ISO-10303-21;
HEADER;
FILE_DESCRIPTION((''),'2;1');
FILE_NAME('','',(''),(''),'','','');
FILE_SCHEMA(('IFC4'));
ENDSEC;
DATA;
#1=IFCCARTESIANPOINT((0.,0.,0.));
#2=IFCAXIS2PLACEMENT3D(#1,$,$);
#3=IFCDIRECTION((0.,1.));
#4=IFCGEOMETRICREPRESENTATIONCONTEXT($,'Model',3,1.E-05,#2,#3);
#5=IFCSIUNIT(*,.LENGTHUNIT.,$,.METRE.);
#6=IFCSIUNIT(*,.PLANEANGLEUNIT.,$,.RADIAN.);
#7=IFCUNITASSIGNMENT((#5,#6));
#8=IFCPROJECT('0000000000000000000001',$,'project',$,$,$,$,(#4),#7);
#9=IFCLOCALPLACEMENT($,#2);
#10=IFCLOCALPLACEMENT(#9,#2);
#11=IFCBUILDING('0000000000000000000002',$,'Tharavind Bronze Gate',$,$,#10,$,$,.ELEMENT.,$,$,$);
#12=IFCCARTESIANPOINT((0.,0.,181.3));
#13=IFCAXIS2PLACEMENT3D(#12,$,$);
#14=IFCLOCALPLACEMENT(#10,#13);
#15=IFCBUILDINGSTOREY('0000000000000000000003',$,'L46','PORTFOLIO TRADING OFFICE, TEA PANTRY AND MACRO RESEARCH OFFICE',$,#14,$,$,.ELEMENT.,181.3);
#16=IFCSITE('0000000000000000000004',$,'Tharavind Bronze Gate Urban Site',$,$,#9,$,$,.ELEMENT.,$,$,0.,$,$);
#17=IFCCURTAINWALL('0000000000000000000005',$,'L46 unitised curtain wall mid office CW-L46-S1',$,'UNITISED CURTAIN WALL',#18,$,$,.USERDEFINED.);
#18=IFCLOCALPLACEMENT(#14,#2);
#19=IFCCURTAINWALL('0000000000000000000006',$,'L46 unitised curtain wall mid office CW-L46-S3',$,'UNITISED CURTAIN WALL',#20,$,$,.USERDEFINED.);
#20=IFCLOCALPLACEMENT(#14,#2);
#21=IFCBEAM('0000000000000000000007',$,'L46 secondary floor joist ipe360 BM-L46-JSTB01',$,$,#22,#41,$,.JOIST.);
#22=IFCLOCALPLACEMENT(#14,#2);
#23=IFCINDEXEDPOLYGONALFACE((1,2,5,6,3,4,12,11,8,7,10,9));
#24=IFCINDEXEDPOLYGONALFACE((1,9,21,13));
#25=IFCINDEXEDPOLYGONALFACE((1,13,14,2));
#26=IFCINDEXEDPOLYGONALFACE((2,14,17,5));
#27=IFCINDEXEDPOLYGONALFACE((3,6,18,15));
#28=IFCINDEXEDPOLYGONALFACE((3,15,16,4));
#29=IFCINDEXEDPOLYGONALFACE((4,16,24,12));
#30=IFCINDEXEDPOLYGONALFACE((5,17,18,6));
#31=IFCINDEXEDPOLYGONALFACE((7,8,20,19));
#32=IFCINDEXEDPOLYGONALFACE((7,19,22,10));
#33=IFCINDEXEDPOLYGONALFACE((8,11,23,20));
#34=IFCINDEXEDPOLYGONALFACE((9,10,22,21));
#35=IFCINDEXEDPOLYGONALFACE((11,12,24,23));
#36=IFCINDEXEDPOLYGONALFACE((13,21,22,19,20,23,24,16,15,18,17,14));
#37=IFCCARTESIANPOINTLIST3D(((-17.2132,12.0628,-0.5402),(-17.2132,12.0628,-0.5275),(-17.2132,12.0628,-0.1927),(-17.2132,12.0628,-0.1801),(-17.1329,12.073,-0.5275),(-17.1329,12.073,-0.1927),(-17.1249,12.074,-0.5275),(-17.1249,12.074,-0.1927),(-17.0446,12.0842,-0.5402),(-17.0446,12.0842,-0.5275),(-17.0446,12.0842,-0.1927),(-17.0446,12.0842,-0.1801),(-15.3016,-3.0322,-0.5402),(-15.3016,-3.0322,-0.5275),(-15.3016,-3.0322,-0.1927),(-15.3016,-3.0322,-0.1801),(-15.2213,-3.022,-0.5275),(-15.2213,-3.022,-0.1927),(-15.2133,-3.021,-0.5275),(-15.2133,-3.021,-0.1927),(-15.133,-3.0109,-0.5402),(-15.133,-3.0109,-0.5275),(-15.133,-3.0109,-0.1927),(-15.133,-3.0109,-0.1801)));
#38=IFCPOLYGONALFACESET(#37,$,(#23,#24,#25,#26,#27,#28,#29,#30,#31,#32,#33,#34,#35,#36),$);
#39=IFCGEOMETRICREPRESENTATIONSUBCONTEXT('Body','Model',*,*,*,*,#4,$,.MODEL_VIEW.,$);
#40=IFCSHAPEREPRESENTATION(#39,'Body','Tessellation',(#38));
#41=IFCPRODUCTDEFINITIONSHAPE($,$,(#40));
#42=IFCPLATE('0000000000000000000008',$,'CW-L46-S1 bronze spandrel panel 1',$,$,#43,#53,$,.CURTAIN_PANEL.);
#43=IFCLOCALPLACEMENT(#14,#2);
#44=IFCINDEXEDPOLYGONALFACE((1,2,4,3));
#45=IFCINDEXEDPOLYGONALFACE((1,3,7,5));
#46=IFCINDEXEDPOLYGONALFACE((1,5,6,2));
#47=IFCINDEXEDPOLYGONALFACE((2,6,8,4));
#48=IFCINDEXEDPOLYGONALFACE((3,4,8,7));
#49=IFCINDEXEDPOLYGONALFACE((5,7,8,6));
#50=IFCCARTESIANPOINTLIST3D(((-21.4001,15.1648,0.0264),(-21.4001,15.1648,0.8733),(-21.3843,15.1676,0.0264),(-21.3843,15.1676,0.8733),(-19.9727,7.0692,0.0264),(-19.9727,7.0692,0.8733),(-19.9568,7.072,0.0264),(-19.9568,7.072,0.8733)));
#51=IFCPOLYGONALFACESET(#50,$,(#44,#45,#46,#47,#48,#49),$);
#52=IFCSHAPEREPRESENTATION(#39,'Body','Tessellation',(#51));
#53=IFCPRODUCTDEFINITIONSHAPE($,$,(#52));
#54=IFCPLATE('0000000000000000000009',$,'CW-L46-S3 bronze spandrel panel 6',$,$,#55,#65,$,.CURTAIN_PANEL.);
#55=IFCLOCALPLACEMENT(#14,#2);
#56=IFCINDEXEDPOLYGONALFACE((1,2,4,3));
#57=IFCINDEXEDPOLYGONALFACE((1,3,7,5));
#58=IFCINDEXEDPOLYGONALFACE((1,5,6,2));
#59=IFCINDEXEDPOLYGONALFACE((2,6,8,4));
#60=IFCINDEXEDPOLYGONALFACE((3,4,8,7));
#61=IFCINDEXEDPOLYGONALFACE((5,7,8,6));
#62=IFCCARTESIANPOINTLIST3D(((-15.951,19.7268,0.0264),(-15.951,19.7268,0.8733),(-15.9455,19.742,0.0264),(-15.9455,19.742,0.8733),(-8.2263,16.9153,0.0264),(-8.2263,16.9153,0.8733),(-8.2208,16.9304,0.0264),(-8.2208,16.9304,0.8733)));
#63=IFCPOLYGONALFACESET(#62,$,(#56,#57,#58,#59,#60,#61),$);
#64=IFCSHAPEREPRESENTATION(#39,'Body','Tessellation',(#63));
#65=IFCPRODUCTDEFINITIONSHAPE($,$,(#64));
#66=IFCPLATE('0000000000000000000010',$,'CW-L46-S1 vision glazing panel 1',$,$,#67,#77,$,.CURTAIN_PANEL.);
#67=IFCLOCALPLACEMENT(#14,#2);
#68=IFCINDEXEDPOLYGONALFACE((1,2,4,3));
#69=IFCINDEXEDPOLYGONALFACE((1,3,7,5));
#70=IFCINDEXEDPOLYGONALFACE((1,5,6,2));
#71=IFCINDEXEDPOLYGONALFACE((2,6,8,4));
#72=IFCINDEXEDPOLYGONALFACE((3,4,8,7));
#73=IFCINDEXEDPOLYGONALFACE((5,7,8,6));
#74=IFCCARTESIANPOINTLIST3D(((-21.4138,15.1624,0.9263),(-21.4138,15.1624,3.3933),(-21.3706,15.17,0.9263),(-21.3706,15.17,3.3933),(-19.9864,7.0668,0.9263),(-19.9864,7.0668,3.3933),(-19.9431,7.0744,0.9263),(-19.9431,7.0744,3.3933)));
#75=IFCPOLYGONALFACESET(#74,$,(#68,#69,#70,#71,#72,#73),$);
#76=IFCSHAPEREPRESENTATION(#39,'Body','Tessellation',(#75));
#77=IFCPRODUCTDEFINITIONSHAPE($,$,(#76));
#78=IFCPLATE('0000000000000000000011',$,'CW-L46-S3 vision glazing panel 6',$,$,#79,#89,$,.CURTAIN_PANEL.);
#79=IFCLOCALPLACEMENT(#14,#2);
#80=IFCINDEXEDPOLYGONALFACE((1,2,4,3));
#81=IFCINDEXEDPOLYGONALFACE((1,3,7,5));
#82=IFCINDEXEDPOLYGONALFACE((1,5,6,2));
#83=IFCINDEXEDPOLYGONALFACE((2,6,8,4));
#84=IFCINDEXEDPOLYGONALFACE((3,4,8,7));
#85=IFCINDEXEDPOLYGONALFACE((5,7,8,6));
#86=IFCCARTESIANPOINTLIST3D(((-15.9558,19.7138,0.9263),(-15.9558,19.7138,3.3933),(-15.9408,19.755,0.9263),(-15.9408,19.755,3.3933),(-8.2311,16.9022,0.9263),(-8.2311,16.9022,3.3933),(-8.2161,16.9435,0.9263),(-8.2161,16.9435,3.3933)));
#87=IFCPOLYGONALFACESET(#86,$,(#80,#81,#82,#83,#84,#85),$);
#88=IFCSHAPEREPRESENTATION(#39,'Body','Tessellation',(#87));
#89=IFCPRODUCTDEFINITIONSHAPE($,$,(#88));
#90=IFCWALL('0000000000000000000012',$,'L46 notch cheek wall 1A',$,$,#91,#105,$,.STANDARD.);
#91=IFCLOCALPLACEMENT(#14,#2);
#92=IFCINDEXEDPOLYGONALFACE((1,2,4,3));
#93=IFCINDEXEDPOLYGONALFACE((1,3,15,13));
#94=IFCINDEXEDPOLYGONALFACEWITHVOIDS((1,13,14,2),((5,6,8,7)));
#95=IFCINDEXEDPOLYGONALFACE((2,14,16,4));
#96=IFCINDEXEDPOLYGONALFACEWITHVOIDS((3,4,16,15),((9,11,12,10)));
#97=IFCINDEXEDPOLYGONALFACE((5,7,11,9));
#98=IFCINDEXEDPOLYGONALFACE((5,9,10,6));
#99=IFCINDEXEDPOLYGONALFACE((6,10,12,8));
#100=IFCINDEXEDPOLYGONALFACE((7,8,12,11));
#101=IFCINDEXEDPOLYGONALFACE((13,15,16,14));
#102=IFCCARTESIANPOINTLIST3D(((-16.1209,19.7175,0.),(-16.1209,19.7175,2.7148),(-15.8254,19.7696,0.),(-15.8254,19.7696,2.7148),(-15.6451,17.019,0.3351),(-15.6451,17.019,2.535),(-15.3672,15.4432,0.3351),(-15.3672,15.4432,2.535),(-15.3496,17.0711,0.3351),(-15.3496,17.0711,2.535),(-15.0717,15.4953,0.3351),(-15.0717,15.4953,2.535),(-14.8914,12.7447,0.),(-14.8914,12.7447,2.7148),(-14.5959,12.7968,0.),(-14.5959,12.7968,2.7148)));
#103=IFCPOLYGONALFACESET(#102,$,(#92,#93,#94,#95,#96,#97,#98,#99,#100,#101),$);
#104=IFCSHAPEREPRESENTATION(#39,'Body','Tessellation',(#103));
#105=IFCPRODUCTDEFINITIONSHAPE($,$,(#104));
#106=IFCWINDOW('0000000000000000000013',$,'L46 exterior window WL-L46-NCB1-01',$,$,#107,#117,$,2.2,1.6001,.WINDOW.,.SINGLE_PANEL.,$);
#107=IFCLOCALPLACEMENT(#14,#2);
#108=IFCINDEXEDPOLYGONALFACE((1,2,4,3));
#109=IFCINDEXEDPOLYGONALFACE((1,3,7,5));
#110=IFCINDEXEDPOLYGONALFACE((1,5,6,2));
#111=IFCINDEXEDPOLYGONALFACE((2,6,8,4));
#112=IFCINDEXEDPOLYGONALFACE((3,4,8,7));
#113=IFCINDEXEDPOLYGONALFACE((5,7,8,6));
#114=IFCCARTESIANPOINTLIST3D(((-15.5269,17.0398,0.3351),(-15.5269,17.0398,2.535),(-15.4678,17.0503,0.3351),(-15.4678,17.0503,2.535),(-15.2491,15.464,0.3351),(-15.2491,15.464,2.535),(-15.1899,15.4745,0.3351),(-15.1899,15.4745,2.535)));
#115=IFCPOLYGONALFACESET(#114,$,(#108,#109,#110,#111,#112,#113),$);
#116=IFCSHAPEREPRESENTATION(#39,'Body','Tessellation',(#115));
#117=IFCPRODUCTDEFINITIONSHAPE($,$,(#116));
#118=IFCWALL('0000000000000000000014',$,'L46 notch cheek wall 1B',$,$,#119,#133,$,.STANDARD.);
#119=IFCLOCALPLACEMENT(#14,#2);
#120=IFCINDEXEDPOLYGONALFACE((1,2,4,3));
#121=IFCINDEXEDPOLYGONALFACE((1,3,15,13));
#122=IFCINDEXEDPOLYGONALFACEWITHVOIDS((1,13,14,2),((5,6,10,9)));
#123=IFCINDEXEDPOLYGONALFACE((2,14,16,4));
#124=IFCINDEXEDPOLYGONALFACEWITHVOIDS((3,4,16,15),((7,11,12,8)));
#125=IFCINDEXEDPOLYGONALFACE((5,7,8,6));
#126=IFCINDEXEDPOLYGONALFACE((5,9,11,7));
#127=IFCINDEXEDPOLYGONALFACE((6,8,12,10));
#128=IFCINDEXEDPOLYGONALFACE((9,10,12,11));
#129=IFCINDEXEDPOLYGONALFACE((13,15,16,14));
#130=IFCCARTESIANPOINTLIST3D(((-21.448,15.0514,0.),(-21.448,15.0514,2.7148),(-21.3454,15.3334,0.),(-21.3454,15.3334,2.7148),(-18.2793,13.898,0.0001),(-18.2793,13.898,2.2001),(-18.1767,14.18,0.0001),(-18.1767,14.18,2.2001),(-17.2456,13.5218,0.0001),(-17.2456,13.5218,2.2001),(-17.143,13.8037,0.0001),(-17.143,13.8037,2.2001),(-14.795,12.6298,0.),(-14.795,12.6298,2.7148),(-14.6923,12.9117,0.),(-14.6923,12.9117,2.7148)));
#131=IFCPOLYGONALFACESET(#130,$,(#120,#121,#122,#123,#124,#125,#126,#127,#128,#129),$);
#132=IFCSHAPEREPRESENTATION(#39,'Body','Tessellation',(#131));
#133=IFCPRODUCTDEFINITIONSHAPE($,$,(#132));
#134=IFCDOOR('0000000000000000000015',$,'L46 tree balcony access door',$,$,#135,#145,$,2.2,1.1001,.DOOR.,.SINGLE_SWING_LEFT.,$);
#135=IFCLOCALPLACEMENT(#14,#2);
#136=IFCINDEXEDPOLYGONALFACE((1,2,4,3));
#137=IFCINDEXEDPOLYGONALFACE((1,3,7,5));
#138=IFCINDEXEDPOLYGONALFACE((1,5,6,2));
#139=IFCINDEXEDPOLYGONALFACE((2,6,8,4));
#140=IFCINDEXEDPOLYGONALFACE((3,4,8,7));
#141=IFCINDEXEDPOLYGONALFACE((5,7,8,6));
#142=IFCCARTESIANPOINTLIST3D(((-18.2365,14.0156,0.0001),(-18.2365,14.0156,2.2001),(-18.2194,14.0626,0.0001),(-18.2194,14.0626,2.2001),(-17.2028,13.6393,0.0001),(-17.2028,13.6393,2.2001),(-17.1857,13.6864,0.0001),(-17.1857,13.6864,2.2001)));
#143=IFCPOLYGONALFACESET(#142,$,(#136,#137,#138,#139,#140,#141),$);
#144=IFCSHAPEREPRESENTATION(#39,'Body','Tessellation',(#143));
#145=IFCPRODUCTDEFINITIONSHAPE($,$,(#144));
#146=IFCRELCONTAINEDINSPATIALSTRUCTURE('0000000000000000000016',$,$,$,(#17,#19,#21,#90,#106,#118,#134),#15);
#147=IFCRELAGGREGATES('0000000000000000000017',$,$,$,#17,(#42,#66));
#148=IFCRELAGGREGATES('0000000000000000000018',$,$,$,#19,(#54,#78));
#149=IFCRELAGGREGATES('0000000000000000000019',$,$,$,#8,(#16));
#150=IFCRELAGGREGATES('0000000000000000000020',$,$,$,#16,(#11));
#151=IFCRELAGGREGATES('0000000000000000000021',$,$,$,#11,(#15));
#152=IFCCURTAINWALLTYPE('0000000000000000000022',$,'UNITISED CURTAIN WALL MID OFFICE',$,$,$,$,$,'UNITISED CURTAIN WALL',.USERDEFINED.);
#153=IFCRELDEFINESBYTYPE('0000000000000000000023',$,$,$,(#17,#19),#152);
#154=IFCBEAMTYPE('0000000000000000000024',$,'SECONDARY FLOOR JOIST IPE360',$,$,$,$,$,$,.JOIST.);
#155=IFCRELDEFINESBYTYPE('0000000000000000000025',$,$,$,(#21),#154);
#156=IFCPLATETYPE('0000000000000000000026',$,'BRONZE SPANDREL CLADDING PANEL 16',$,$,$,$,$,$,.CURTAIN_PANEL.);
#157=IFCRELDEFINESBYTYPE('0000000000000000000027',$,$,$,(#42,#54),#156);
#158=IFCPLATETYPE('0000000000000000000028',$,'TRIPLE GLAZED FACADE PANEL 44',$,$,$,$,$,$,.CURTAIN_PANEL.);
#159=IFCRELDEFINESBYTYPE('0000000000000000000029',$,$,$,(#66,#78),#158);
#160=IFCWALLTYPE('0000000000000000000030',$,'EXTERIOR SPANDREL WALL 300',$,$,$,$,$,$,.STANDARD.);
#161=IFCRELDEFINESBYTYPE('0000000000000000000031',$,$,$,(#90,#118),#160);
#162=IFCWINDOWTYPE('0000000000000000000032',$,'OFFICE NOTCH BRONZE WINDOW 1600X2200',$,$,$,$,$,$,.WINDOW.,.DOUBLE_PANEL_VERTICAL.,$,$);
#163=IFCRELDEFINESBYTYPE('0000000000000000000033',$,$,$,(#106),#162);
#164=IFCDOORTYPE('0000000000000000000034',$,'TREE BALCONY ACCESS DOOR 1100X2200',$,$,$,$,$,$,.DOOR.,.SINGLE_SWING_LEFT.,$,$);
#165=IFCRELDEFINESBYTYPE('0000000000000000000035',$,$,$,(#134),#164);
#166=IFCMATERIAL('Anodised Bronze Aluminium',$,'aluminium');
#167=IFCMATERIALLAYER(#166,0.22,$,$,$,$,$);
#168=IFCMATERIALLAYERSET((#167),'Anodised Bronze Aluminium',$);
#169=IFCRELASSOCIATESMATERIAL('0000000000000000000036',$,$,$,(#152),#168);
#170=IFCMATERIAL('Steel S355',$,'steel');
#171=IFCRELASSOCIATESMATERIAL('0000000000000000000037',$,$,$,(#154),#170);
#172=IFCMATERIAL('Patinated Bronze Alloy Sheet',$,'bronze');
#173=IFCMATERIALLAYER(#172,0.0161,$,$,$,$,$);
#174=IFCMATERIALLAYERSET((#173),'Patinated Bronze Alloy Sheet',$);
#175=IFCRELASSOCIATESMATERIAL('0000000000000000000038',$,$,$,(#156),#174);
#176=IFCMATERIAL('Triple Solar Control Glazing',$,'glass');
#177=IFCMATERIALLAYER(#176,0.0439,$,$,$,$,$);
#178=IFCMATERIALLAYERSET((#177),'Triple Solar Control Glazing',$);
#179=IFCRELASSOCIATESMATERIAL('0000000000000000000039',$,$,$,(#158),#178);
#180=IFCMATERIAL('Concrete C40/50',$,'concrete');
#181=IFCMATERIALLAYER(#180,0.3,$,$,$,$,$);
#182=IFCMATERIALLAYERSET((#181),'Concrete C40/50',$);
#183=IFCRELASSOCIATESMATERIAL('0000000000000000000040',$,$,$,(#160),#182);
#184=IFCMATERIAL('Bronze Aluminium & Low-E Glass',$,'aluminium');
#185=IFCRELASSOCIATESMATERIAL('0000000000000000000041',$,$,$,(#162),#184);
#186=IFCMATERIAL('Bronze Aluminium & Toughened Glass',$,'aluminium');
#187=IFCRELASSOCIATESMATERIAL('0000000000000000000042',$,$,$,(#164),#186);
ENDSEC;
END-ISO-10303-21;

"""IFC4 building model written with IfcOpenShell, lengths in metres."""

from ifc_helpers import new_model, si_unit, direction, frame, frame_2d, origin, origin_2d, place, context, subcontext, project, spatial, rectangle, i_section, extrude, material, layer, layer_set, material_profile, profile_set, type_object, element, fill, aggregate, save


model = new_model("IFC4")

# Units and contexts
model_context = context("Model", 3, precision=1e-05, world=origin(), true_north=direction((0.0, 1.0)))
body_context = subcontext(model_context, "Body", "Model", "MODEL_VIEW")
ifc_project = project(units=[si_unit("LENGTHUNIT", "METRE"), si_unit("PLANEANGLEUNIT", "RADIAN")], contexts=[model_context])

# Site, building, storey
site_placement = place(None, origin())
site = spatial("IfcSite", under=ifc_project, at=site_placement, Name="Tharavind Bronze Gate Urban Site", CompositionType="ELEMENT", RefElevation=0.0)
building_placement = place(site_placement, origin())
building = spatial("IfcBuilding", under=site, at=building_placement, Name="Tharavind Bronze Gate", CompositionType="ELEMENT")
storey_placement = place(building_placement, frame((0.0, 0.0, 181.3)))
storey = spatial("IfcBuildingStorey", under=building, at=storey_placement, Name="L46", Description="PORTFOLIO TRADING OFFICE, TEA PANTRY AND MACRO RESEARCH OFFICE", CompositionType="ELEMENT", Elevation=181.3)

# Curtain wall
ifc_material_1 = material(Name="Anodised Bronze Aluminium", Category="aluminium")
ifc_layer_1 = layer(ifc_material_1, 0.22)
ifc_layer_set_1 = layer_set([ifc_layer_1], Name="Anodised Bronze Aluminium")
curtain_wall_type = type_object("IfcCurtainWallType", Name="UNITISED CURTAIN WALL MID OFFICE", ElementType="UNITISED CURTAIN WALL", PredefinedType="USERDEFINED", material=ifc_layer_set_1)
curtain_wall_1_placement = place(storey_placement, origin())
curtain_wall_1 = element("IfcCurtainWall", 1, at=curtain_wall_1_placement, inside=storey, type_object=curtain_wall_type, Name="L46 unitised curtain wall mid office CW-L46-S1", ObjectType="UNITISED CURTAIN WALL", PredefinedType="USERDEFINED")

# Curtain wall
curtain_wall_2_placement = place(storey_placement, origin())
curtain_wall_2 = element("IfcCurtainWall", 2, at=curtain_wall_2_placement, inside=storey, type_object=curtain_wall_type, Name="L46 unitised curtain wall mid office CW-L46-S3", ObjectType="UNITISED CURTAIN WALL", PredefinedType="USERDEFINED")

# Beam
ifc_material_2 = material(Name="Steel S355", Category="steel")
ifc_material_profile_1 = material_profile(ifc_material_2, i_section(OverallWidth=0.1699, OverallDepth=0.3601, WebThickness=0.0081, FlangeThickness=0.0127, at=origin_2d()), Name="IPE360")
ifc_profile_set_1 = profile_set([ifc_material_profile_1], Name="Steel S355")
beam_type_1 = type_object("IfcBeamType", Name="SECONDARY FLOOR JOIST IPE360", PredefinedType="JOIST", material=ifc_profile_set_1)
beam_1_placement = place(storey_placement, frame((-17.1289, 12.0735, -0.3601), z_axis=(0.125636, -0.992076, 0.0), x_axis=(0.992076, 0.125636, 0.0)))
element("IfcBeam", 3, at=beam_1_placement, inside=storey, type_object=beam_type_1, Name="L46 secondary floor joist ipe360 BM-L46-JSTB01", PredefinedType="JOIST", context=body_context, shape_type="SweptSolid", body=[
    extrude(i_section(OverallWidth=0.1699, OverallDepth=0.3601, WebThickness=0.0081, FlangeThickness=0.0127, at=origin_2d()), origin(), (0.0, 0.0, 1.0), 15.2156),
])

# Plates
ifc_material_3 = material(Name="Patinated Bronze Alloy Sheet", Category="bronze")
ifc_layer_2 = layer(ifc_material_3, 0.0161)
ifc_layer_set_2 = layer_set([ifc_layer_2], Name="Patinated Bronze Alloy Sheet")
plate_type_1 = type_object("IfcPlateType", Name="BRONZE SPANDREL CLADDING PANEL 16", PredefinedType="CURTAIN_PANEL", material=ifc_layer_set_2)
plate_1_placement = place(storey_placement, frame((-20.6785, 11.1184, 0.0264), z_axis=(0.0, 0.0, 1.0), x_axis=(0.173648, -0.984808, 0.0)))
plate_1 = element("IfcPlate", 4, at=plate_1_placement, type_object=plate_type_1, Name="CW-L46-S1 bronze spandrel panel 1", PredefinedType="CURTAIN_PANEL", context=body_context, shape_type="SweptSolid", body=[
    extrude(rectangle(XDim=8.2205, YDim=0.0161, at=origin_2d()), origin(), (0.0, 0.0, 1.0), 0.8469),
])
plate_2_placement = place(storey_placement, frame((-12.0859, 18.3286, 0.0264), z_axis=(0.0, 0.0, 1.0), x_axis=(-0.939692, 0.342022, 0.0)))
plate_2 = element("IfcPlate", 5, at=plate_2_placement, type_object=plate_type_1, Name="CW-L46-S3 bronze spandrel panel 6", PredefinedType="CURTAIN_PANEL", context=body_context, shape_type="SweptSolid", body=[
    extrude(rectangle(XDim=8.2205, YDim=0.0161, at=origin_2d()), origin(), (0.0, 0.0, 1.0), 0.8469),
])
ifc_material_4 = material(Name="Triple Solar Control Glazing", Category="glass")
ifc_layer_3 = layer(ifc_material_4, 0.0439)
ifc_layer_set_3 = layer_set([ifc_layer_3], Name="Triple Solar Control Glazing")
plate_type_2 = type_object("IfcPlateType", Name="TRIPLE GLAZED FACADE PANEL 44", PredefinedType="CURTAIN_PANEL", material=ifc_layer_set_3)
plate_3_placement = place(storey_placement, frame((-20.6785, 11.1184, 0.9263), z_axis=(0.0, 0.0, 1.0), x_axis=(0.173648, -0.984808, 0.0)))
plate_3 = element("IfcPlate", 6, at=plate_3_placement, type_object=plate_type_2, Name="CW-L46-S1 vision glazing panel 1", PredefinedType="CURTAIN_PANEL", context=body_context, shape_type="SweptSolid", body=[
    extrude(rectangle(XDim=8.2205, YDim=0.0439, at=origin_2d()), origin(), (0.0, 0.0, 1.0), 2.467),
])
aggregate(curtain_wall_1, [plate_1, plate_3])
plate_4_placement = place(storey_placement, frame((-12.0859, 18.3286, 0.9263), z_axis=(0.0, 0.0, 1.0), x_axis=(-0.939692, 0.342022, 0.0)))
plate_4 = element("IfcPlate", 7, at=plate_4_placement, type_object=plate_type_2, Name="CW-L46-S3 vision glazing panel 6", PredefinedType="CURTAIN_PANEL", context=body_context, shape_type="SweptSolid", body=[
    extrude(rectangle(XDim=8.2205, YDim=0.0439, at=origin_2d()), origin(), (0.0, 0.0, 1.0), 2.467),
])
aggregate(curtain_wall_2, [plate_2, plate_4])

# Wall, opening, window
ifc_material_5 = material(Name="Concrete C40/50", Category="concrete")
ifc_layer_4 = layer(ifc_material_5, 0.3)
ifc_layer_set_4 = layer_set([ifc_layer_4], Name="Concrete C40/50")
wall_type = type_object("IfcWallType", Name="EXTERIOR SPANDREL WALL 300", PredefinedType="STANDARD", material=ifc_layer_set_4)
wall_1_placement = place(storey_placement, frame((-15.9731, 19.7434, 0.0), z_axis=(0.0, 0.0, 1.0), x_axis=(0.173652, -0.984807, 0.0)))
wall_1 = element("IfcWall", 8, at=wall_1_placement, inside=storey, type_object=wall_type, Name="L46 notch cheek wall 1A", PredefinedType="STANDARD", context=body_context, shape_type="SweptSolid", body=[
    extrude(rectangle(XDim=7.0803, YDim=0.3, at=frame_2d((3.54, 0.0))), origin(), (0.0, 0.0, 1.0), 2.7148),
])
opening_1_placement = place(wall_1_placement, frame((2.74, 0.0, 0.335)))
opening_1 = element("IfcOpeningElement", 9, at=opening_1_placement, cuts=wall_1, PredefinedType="OPENING", context=body_context, shape_type="SweptSolid", body=[
    extrude(rectangle(XDim=1.6001, YDim=2.2, at=frame_2d((0.8, 1.1001))), frame((0.0, 0.1599, 0.0), z_axis=(0.0, -1.0, 0.0), x_axis=(1.0, 0.0, 0.0)), (0.0, 0.0, 1.0), 0.32),
])
ifc_material_6 = material(Name="Bronze Aluminium & Low-E Glass", Category="aluminium")
window_type = type_object("IfcWindowType", Name="OFFICE NOTCH BRONZE WINDOW 1600X2200", PartitioningType="DOUBLE_PANEL_VERTICAL", PredefinedType="WINDOW", material=ifc_material_6)
window_placement = place(opening_1_placement, origin())
window = element("IfcWindow", 10, at=window_placement, inside=storey, type_object=window_type, Name="L46 exterior window WL-L46-NCB1-01", OverallHeight=2.2, OverallWidth=1.6001, PartitioningType="SINGLE_PANEL", PredefinedType="WINDOW", context=body_context, shape_type="SweptSolid", body=[
    extrude(rectangle(XDim=1.6001, YDim=2.2, at=frame_2d((0.8, 1.1001))), frame((0.0, 0.03, 0.0), z_axis=(0.0, -1.0, 0.0), x_axis=(1.0, 0.0, 0.0)), (0.0, 0.0, 1.0), 0.0601),
])
fill(opening_1, window)

# Wall, opening, door
wall_2_placement = place(storey_placement, frame((-14.7437, 12.7708, 0.0), z_axis=(0.0, 0.0, 1.0), x_axis=(-0.939688, 0.342034, 0.0)))
wall_2 = element("IfcWall", 11, at=wall_2_placement, inside=storey, type_object=wall_type, Name="L46 notch cheek wall 1B", PredefinedType="STANDARD", context=body_context, shape_type="SweptSolid", body=[
    extrude(rectangle(XDim=7.0801, YDim=0.3, at=frame_2d((3.54, 0.0))), origin(), (0.0, 0.0, 1.0), 2.7148),
])
opening_2_placement = place(wall_2_placement, frame((2.6079, 0.0, 0.0)))
opening_2 = element("IfcOpeningElement", 12, at=opening_2_placement, cuts=wall_2, PredefinedType="OPENING", context=body_context, shape_type="SweptSolid", body=[
    extrude(rectangle(XDim=1.1001, YDim=2.2, at=frame_2d((0.55, 1.1001))), frame((0.0, 0.1599, 0.0), z_axis=(0.0, -1.0, 0.0), x_axis=(1.0, 0.0, 0.0)), (0.0, 0.0, 1.0), 0.32),
])
ifc_material_7 = material(Name="Bronze Aluminium & Toughened Glass", Category="aluminium")
door_type = type_object("IfcDoorType", Name="TREE BALCONY ACCESS DOOR 1100X2200", OperationType="SINGLE_SWING_LEFT", PredefinedType="DOOR", material=ifc_material_7)
door_placement = place(opening_2_placement, origin())
door = element("IfcDoor", 13, at=door_placement, inside=storey, type_object=door_type, Name="L46 tree balcony access door", OperationType="SINGLE_SWING_LEFT", OverallHeight=2.2, OverallWidth=1.1001, PredefinedType="DOOR", context=body_context, shape_type="SweptSolid", body=[
    extrude(rectangle(XDim=1.1001, YDim=2.2, at=frame_2d((0.55, 1.1001))), frame((0.0, 0.0249, 0.0), z_axis=(0.0, -1.0, 0.0), x_axis=(1.0, 0.0, 0.0)), (0.0, 0.0, 1.0), 0.05),
])
fill(opening_2, door)

save(model, "model.ifc")
